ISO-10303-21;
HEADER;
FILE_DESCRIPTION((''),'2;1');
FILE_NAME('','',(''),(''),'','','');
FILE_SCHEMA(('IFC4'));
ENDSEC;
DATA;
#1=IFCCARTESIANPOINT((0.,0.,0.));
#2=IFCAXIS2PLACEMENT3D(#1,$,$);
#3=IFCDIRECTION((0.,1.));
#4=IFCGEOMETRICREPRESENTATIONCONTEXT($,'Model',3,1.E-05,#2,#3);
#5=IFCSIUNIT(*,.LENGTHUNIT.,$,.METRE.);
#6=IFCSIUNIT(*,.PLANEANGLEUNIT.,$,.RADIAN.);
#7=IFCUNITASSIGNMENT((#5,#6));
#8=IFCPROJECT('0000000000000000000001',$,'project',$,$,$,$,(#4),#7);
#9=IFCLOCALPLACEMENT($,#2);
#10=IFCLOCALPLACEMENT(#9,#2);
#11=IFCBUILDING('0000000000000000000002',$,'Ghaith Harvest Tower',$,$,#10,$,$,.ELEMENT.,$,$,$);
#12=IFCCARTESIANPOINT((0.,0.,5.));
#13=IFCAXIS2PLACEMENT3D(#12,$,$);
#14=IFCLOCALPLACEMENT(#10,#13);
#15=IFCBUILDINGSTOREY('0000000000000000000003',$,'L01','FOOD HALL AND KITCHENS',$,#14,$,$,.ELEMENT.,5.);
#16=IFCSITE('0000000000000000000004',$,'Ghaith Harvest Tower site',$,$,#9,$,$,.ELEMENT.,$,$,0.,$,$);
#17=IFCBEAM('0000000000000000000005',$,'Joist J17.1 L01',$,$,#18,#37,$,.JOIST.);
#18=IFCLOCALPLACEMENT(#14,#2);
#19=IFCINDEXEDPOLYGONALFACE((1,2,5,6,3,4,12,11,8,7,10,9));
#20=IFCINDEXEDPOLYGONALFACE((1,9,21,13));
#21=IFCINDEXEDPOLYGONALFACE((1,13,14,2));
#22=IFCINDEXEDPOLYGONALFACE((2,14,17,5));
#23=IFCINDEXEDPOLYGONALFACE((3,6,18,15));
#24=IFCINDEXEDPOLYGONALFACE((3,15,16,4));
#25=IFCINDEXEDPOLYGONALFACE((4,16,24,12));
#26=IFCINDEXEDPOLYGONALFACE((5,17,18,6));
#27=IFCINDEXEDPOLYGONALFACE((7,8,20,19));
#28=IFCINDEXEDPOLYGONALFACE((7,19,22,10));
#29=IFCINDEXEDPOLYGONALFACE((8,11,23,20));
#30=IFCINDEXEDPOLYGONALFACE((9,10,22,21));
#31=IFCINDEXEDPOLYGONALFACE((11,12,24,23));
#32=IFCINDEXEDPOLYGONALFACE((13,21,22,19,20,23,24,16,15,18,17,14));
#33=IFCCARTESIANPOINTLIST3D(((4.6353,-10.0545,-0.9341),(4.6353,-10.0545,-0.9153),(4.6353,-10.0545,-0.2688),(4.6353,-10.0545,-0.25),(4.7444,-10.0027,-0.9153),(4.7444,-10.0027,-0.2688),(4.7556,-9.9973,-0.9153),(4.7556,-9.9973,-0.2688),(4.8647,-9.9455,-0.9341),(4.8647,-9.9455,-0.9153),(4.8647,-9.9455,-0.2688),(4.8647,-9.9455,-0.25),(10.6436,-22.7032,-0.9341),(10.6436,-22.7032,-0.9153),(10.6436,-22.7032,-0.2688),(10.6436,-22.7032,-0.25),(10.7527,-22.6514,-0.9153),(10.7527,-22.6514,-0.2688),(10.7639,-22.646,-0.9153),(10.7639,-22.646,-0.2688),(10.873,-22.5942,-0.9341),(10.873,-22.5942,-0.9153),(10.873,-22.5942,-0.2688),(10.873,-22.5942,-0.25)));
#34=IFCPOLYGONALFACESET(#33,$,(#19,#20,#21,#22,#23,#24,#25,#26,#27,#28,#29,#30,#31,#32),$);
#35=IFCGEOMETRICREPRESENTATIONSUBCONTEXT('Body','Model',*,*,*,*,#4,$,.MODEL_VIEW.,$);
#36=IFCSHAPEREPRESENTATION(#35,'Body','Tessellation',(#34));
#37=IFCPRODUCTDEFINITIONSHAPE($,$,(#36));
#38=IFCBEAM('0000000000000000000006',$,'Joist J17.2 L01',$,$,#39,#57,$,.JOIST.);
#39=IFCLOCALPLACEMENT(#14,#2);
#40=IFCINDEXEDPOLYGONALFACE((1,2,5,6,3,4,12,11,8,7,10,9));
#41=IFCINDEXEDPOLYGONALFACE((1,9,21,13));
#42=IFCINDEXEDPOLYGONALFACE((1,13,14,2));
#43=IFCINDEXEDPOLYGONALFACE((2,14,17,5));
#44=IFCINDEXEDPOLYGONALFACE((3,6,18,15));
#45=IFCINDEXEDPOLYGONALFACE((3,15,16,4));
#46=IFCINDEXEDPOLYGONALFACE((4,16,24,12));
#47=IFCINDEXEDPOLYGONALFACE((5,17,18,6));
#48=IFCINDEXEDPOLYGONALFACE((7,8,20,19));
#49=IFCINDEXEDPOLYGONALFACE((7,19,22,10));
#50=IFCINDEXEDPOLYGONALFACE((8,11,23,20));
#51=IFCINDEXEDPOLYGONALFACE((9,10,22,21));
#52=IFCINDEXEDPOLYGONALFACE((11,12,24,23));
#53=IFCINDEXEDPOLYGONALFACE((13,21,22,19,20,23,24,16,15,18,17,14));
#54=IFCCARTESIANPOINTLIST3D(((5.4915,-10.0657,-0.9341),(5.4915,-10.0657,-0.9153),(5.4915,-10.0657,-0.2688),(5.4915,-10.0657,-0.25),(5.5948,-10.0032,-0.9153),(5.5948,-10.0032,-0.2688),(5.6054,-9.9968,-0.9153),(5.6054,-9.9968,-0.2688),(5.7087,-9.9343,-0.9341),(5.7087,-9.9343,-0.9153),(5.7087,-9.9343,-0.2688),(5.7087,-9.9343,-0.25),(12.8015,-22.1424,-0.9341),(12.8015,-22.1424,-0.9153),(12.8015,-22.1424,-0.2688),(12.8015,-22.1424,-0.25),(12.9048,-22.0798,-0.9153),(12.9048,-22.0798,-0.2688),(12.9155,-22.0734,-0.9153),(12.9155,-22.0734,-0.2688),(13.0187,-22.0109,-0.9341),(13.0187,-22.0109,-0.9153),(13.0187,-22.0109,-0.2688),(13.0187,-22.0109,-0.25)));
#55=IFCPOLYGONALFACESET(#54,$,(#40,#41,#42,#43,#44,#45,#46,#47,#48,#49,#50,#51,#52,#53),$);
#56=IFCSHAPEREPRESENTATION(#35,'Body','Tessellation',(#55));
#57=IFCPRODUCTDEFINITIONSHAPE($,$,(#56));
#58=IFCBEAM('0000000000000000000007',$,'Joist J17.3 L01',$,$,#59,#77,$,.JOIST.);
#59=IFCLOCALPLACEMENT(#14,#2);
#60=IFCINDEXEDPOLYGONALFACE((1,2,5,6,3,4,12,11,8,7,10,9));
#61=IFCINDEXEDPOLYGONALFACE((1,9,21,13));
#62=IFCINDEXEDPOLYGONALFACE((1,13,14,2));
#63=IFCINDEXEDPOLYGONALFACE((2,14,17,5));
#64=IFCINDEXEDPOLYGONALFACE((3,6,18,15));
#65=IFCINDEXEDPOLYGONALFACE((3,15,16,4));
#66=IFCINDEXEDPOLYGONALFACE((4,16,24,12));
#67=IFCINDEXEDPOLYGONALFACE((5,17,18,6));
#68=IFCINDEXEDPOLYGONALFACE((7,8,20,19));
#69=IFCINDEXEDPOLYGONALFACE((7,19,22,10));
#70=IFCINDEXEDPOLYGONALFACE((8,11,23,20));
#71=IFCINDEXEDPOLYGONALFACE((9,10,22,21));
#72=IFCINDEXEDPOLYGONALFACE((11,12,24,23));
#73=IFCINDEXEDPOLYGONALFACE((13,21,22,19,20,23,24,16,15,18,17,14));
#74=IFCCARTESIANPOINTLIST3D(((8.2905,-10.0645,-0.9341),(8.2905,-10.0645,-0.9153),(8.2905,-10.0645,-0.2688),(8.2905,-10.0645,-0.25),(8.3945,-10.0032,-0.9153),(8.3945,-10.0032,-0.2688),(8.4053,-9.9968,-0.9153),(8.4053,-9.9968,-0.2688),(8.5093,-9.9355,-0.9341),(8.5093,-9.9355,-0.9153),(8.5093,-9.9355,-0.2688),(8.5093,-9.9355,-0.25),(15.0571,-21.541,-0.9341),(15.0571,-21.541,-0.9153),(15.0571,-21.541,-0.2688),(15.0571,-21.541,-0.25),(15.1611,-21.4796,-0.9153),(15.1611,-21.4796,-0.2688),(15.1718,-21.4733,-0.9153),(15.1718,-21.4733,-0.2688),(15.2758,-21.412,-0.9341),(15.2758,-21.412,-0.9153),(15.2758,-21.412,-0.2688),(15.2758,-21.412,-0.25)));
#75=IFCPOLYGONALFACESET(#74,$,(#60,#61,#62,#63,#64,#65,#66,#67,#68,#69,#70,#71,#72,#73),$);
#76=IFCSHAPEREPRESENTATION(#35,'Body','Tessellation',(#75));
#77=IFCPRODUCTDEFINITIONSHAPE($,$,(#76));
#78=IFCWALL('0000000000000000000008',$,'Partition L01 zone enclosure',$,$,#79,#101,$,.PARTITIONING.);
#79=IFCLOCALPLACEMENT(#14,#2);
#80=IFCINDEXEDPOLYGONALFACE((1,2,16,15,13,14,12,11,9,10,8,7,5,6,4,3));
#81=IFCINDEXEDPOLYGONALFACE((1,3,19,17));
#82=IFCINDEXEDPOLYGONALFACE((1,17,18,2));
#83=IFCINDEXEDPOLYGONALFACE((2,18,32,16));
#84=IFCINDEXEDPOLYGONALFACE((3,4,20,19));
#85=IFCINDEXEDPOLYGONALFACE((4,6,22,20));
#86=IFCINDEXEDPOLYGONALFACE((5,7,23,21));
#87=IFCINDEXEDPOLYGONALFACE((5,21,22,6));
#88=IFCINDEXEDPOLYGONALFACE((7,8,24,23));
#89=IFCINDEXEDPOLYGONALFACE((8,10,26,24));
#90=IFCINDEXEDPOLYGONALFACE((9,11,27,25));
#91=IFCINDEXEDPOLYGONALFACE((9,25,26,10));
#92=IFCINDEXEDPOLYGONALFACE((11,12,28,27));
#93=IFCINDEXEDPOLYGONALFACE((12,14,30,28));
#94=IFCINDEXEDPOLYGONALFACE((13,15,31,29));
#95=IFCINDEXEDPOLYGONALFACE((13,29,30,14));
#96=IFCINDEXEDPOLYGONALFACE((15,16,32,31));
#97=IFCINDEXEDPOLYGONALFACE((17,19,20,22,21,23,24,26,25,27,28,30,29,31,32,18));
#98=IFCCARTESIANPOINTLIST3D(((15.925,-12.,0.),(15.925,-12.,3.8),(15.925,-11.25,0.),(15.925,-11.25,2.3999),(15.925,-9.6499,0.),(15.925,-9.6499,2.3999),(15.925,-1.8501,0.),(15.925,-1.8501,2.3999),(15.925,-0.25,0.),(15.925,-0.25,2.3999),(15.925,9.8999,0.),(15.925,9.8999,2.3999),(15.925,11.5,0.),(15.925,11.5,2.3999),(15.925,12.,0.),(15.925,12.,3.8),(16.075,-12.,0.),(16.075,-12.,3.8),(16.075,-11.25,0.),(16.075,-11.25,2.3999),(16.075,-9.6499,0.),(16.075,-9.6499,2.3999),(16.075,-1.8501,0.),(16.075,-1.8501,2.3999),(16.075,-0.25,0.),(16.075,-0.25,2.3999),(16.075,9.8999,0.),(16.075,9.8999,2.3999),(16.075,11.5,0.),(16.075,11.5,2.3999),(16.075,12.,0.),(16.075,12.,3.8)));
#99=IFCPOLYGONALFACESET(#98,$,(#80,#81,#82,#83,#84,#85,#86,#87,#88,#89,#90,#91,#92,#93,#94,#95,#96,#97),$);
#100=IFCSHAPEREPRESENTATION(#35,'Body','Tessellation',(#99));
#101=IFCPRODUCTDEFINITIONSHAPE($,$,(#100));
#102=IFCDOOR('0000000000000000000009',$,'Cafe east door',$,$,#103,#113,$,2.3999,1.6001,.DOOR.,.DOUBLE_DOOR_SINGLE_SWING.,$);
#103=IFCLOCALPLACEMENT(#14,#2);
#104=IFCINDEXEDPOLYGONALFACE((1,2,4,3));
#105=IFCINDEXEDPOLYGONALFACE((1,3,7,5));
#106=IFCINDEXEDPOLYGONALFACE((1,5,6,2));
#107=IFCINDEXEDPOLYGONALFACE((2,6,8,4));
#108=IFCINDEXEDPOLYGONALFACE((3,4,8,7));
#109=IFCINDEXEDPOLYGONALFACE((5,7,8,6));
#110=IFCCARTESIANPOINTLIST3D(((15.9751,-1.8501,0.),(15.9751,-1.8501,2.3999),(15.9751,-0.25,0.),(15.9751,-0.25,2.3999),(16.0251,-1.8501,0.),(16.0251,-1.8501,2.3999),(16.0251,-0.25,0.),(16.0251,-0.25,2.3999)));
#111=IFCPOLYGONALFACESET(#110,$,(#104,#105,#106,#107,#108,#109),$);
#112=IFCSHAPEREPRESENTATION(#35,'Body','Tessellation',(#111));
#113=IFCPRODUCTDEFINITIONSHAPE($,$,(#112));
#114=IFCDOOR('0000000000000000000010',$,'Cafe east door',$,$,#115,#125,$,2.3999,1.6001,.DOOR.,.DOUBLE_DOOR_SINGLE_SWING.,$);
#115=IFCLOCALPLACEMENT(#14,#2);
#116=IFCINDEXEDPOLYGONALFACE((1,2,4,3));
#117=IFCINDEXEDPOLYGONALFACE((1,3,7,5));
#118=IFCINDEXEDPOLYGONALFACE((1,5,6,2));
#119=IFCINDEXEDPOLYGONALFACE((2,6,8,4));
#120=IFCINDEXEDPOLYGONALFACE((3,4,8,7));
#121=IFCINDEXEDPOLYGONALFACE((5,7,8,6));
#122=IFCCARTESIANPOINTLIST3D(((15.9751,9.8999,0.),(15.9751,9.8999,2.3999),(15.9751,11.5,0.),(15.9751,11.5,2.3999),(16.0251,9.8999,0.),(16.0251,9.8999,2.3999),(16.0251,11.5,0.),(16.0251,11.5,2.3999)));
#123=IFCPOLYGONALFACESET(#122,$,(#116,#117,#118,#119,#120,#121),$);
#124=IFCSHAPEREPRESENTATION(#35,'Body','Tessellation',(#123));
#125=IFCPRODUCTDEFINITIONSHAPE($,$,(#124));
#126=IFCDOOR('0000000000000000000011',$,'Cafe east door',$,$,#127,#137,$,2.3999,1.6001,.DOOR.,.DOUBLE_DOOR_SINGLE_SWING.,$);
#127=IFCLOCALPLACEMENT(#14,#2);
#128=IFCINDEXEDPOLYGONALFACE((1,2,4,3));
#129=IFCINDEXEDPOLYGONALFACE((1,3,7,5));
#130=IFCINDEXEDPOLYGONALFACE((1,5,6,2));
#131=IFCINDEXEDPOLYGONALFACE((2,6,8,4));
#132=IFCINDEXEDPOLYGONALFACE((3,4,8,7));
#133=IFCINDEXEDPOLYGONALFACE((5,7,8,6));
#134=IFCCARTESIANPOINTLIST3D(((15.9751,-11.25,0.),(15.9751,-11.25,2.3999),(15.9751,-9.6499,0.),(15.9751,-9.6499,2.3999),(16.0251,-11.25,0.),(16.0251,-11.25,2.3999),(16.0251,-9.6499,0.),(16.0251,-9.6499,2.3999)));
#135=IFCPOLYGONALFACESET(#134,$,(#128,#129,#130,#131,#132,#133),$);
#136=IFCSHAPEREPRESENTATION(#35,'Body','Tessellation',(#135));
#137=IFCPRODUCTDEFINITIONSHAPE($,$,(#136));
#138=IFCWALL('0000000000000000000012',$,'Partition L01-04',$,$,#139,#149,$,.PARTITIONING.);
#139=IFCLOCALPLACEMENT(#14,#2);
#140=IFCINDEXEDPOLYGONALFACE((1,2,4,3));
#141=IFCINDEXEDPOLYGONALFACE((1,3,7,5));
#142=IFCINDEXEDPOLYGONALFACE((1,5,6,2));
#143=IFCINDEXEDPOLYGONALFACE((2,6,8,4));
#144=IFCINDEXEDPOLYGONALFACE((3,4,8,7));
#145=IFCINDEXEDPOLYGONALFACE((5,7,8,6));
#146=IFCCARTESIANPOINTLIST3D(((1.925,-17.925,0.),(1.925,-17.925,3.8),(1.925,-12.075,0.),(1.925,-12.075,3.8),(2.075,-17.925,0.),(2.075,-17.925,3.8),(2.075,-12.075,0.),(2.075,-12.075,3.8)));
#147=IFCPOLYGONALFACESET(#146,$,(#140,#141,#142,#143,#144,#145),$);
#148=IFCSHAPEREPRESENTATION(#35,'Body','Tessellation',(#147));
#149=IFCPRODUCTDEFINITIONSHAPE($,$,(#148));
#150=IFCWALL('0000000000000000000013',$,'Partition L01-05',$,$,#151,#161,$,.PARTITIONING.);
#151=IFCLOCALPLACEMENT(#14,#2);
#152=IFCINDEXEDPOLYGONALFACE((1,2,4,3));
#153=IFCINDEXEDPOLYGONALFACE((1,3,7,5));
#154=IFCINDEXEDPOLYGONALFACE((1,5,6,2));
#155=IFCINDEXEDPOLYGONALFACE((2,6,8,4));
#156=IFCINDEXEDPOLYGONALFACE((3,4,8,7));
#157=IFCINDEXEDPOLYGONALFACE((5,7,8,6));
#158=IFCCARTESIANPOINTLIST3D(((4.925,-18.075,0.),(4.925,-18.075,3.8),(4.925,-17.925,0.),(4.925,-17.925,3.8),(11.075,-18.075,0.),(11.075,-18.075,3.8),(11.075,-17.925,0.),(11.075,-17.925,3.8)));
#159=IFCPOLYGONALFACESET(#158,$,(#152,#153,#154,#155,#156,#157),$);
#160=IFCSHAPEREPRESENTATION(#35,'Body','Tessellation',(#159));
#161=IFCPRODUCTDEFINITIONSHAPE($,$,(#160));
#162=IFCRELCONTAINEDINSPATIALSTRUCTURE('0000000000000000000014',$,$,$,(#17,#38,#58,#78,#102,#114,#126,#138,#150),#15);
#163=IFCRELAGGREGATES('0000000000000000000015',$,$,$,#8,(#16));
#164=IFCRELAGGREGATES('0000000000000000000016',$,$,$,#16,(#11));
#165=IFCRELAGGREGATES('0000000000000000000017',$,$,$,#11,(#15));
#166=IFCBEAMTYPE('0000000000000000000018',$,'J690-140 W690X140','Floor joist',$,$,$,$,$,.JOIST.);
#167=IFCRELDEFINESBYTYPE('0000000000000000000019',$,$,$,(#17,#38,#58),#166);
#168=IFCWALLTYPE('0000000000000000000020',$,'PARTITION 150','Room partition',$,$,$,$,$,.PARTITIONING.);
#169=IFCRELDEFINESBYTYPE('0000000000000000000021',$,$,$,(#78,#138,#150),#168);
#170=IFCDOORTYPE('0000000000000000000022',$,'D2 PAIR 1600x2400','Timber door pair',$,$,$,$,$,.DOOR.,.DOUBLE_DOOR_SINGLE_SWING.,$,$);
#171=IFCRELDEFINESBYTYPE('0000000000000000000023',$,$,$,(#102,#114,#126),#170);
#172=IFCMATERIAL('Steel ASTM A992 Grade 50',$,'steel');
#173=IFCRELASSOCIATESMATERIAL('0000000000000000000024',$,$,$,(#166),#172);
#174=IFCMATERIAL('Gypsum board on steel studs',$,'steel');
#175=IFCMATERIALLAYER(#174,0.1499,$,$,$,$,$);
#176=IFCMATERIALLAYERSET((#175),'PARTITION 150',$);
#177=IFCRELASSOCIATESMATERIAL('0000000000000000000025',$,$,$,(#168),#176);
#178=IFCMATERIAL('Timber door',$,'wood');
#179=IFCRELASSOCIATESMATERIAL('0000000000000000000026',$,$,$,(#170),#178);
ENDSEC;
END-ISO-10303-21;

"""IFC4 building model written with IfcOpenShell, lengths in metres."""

from ifc_helpers import new_model, si_unit, direction, frame, frame_2d, origin, origin_2d, place, context, subcontext, project, spatial, rectangle, i_section, extrude, material, layer, layer_set, material_profile, profile_set, type_object, element, fill, save


model = new_model("IFC4")

# Units and contexts
model_context = context("Model", 3, precision=1e-05, world=origin(), true_north=direction((0.0, 1.0)))
body_context = subcontext(model_context, "Body", "Model", "MODEL_VIEW")
ifc_project = project(units=[si_unit("LENGTHUNIT", "METRE"), si_unit("PLANEANGLEUNIT", "RADIAN")], contexts=[model_context])

# Site, building, storey
site_placement = place(None, origin())
site = spatial("IfcSite", under=ifc_project, at=site_placement, Name="Ghaith Harvest Tower site", CompositionType="ELEMENT", RefElevation=0.0)
building_placement = place(site_placement, origin())
building = spatial("IfcBuilding", under=site, at=building_placement, Name="Ghaith Harvest Tower", CompositionType="ELEMENT")
storey_placement = place(building_placement, frame((0.0, 0.0, 5.0)))
storey = spatial("IfcBuildingStorey", under=building, at=storey_placement, Name="L01", Description="FOOD HALL AND KITCHENS", CompositionType="ELEMENT", Elevation=5.0)

# Beams
ifc_material_1 = material(Name="Steel ASTM A992 Grade 50", Category="steel")
ifc_material_profile_1 = material_profile(ifc_material_1, i_section(OverallWidth=0.2539, OverallDepth=0.6841, WebThickness=0.0125, FlangeThickness=0.0188, at=origin_2d()), Name="W690X140")
ifc_profile_set_1 = profile_set([ifc_material_profile_1], Name="Steel ASTM A992 Grade 50")
beam_type_1 = type_object("IfcBeamType", Name="J690-140 W690X140", Description="Floor joist", PredefinedType="JOIST", material=ifc_profile_set_1)
beam_1_placement = place(storey_placement, frame((4.75, -10.0, -0.592), z_axis=(0.429067, -0.903273, 0.0), x_axis=(0.903273, 0.429067, 0.0)))
element("IfcBeam", 1, at=beam_1_placement, inside=storey, type_object=beam_type_1, Name="Joist J17.1 L01", PredefinedType="JOIST", context=body_context, shape_type="SweptSolid", body=[
    extrude(i_section(OverallWidth=0.2539, OverallDepth=0.6841, WebThickness=0.0125, FlangeThickness=0.0188, at=origin_2d()), origin(), (0.0, 0.0, 1.0), 14.0032),
])
beam_2_placement = place(storey_placement, frame((5.6001, -10.0, -0.592), z_axis=(0.517829, -0.855484, 0.0), x_axis=(0.855484, 0.517829, 0.0)))
element("IfcBeam", 2, at=beam_2_placement, inside=storey, type_object=beam_type_1, Name="Joist J17.2 L01", PredefinedType="JOIST", context=body_context, shape_type="SweptSolid", body=[
    extrude(i_section(OverallWidth=0.2539, OverallDepth=0.6841, WebThickness=0.0125, FlangeThickness=0.0188, at=origin_2d()), origin(), (0.0, 0.0, 1.0), 14.1167),
])
beam_3_placement = place(storey_placement, frame((8.3999, -10.0, -0.592), z_axis=(0.507894, -0.861419, 0.0), x_axis=(0.861419, 0.507894, 0.0)))
element("IfcBeam", 3, at=beam_3_placement, inside=storey, type_object=beam_type_1, Name="Joist J17.3 L01", PredefinedType="JOIST", context=body_context, shape_type="SweptSolid", body=[
    extrude(i_section(OverallWidth=0.2539, OverallDepth=0.6841, WebThickness=0.0125, FlangeThickness=0.0188, at=origin_2d()), origin(), (0.0, 0.0, 1.0), 13.3228),
])

# Wall, openings, doors
ifc_material_2 = material(Name="Gypsum board on steel studs", Category="steel")
ifc_layer = layer(ifc_material_2, 0.1499)
ifc_layer_set = layer_set([ifc_layer], Name="PARTITION 150")
wall_type = type_object("IfcWallType", Name="PARTITION 150", Description="Room partition", PredefinedType="PARTITIONING", material=ifc_layer_set)
wall_1_placement = place(storey_placement, frame((16.0, -12.0, 0.0), z_axis=(0.0, 0.0, 1.0), x_axis=(0.0, 1.0, 0.0)))
wall_1 = element("IfcWall", 4, at=wall_1_placement, inside=storey, type_object=wall_type, Name="Partition L01 zone enclosure", PredefinedType="PARTITIONING", context=body_context, shape_type="SweptSolid", body=[
    extrude(rectangle(XDim=24.0, YDim=0.1499, at=frame_2d((12.0, 0.0))), origin(), (0.0, 0.0, 1.0), 3.8),
])
opening_1_placement = place(wall_1_placement, frame((10.1499, 0.0, 0.0)))
opening_1 = element("IfcOpeningElement", 5, at=opening_1_placement, cuts=wall_1, PredefinedType="OPENING", context=body_context, shape_type="SweptSolid", body=[
    extrude(rectangle(XDim=1.6001, YDim=2.3999, at=frame_2d((0.8, 1.2))), frame((0.0, 0.085, 0.0), z_axis=(0.0, -1.0, 0.0), x_axis=(1.0, 0.0, 0.0)), (0.0, 0.0, 1.0), 0.1699),
])
opening_2_placement = place(wall_1_placement, frame((21.8999, 0.0, 0.0)))
opening_2 = element("IfcOpeningElement", 6, at=opening_2_placement, cuts=wall_1, PredefinedType="OPENING", context=body_context, shape_type="SweptSolid", body=[
    extrude(rectangle(XDim=1.6001, YDim=2.3999, at=frame_2d((0.8, 1.2))), frame((0.0, 0.085, 0.0), z_axis=(0.0, -1.0, 0.0), x_axis=(1.0, 0.0, 0.0)), (0.0, 0.0, 1.0), 0.1699),
])
opening_3_placement = place(wall_1_placement, frame((0.75, 0.0, 0.0)))
opening_3 = element("IfcOpeningElement", 7, at=opening_3_placement, cuts=wall_1, PredefinedType="OPENING", context=body_context, shape_type="SweptSolid", body=[
    extrude(rectangle(XDim=1.6001, YDim=2.3999, at=frame_2d((0.8, 1.2))), frame((0.0, 0.085, 0.0), z_axis=(0.0, -1.0, 0.0), x_axis=(1.0, 0.0, 0.0)), (0.0, 0.0, 1.0), 0.1699),
])
ifc_material_3 = material(Name="Timber door", Category="wood")
door_type_1 = type_object("IfcDoorType", Name="D2 PAIR 1600x2400", Description="Timber door pair", OperationType="DOUBLE_DOOR_SINGLE_SWING", PredefinedType="DOOR", material=ifc_material_3)
door_1_placement = place(opening_1_placement, origin())
door_1 = element("IfcDoor", 8, at=door_1_placement, inside=storey, type_object=door_type_1, Name="Cafe east door", OperationType="DOUBLE_DOOR_SINGLE_SWING", OverallHeight=2.3999, OverallWidth=1.6001, PredefinedType="DOOR", context=body_context, shape_type="SweptSolid", body=[
    extrude(rectangle(XDim=1.6001, YDim=2.3999, at=frame_2d((0.8, 1.2))), frame((0.0, 0.0249, 0.0), z_axis=(0.0, -1.0, 0.0), x_axis=(1.0, 0.0, 0.0)), (0.0, 0.0, 1.0), 0.05),
])
fill(opening_1, door_1)
door_2_placement = place(opening_2_placement, origin())
door_2 = element("IfcDoor", 9, at=door_2_placement, inside=storey, type_object=door_type_1, Name="Cafe east door", OperationType="DOUBLE_DOOR_SINGLE_SWING", OverallHeight=2.3999, OverallWidth=1.6001, PredefinedType="DOOR", context=body_context, shape_type="SweptSolid", body=[
    extrude(rectangle(XDim=1.6001, YDim=2.3999, at=frame_2d((0.8, 1.2))), frame((0.0, 0.0249, 0.0), z_axis=(0.0, -1.0, 0.0), x_axis=(1.0, 0.0, 0.0)), (0.0, 0.0, 1.0), 0.05),
])
fill(opening_2, door_2)
door_3_placement = place(opening_3_placement, origin())
door_3 = element("IfcDoor", 10, at=door_3_placement, inside=storey, type_object=door_type_1, Name="Cafe east door", OperationType="DOUBLE_DOOR_SINGLE_SWING", OverallHeight=2.3999, OverallWidth=1.6001, PredefinedType="DOOR", context=body_context, shape_type="SweptSolid", body=[
    extrude(rectangle(XDim=1.6001, YDim=2.3999, at=frame_2d((0.8, 1.2))), frame((0.0, 0.0249, 0.0), z_axis=(0.0, -1.0, 0.0), x_axis=(1.0, 0.0, 0.0)), (0.0, 0.0, 1.0), 0.05),
])
fill(opening_3, door_3)

# Walls
wall_2_placement = place(storey_placement, frame((2.0, -17.925, 0.0), z_axis=(0.0, 0.0, 1.0), x_axis=(0.0, 1.0, 0.0)))
element("IfcWall", 11, at=wall_2_placement, inside=storey, type_object=wall_type, Name="Partition L01-04", PredefinedType="PARTITIONING", context=body_context, shape_type="SweptSolid", body=[
    extrude(rectangle(XDim=5.8501, YDim=0.1499, at=frame_2d((2.925, 0.0))), origin(), (0.0, 0.0, 1.0), 3.8),
])
wall_3_placement = place(storey_placement, frame((4.925, -18.0, 0.0), z_axis=(0.0, 0.0, 1.0), x_axis=(1.0, 0.0, 0.0)))
element("IfcWall", 12, at=wall_3_placement, inside=storey, type_object=wall_type, Name="Partition L01-05", PredefinedType="PARTITIONING", context=body_context, shape_type="SweptSolid", body=[
    extrude(rectangle(XDim=6.1499, YDim=0.1499, at=frame_2d((3.075, 0.0))), origin(), (0.0, 0.0, 1.0), 3.8),
])

save(model, "model.ifc")
